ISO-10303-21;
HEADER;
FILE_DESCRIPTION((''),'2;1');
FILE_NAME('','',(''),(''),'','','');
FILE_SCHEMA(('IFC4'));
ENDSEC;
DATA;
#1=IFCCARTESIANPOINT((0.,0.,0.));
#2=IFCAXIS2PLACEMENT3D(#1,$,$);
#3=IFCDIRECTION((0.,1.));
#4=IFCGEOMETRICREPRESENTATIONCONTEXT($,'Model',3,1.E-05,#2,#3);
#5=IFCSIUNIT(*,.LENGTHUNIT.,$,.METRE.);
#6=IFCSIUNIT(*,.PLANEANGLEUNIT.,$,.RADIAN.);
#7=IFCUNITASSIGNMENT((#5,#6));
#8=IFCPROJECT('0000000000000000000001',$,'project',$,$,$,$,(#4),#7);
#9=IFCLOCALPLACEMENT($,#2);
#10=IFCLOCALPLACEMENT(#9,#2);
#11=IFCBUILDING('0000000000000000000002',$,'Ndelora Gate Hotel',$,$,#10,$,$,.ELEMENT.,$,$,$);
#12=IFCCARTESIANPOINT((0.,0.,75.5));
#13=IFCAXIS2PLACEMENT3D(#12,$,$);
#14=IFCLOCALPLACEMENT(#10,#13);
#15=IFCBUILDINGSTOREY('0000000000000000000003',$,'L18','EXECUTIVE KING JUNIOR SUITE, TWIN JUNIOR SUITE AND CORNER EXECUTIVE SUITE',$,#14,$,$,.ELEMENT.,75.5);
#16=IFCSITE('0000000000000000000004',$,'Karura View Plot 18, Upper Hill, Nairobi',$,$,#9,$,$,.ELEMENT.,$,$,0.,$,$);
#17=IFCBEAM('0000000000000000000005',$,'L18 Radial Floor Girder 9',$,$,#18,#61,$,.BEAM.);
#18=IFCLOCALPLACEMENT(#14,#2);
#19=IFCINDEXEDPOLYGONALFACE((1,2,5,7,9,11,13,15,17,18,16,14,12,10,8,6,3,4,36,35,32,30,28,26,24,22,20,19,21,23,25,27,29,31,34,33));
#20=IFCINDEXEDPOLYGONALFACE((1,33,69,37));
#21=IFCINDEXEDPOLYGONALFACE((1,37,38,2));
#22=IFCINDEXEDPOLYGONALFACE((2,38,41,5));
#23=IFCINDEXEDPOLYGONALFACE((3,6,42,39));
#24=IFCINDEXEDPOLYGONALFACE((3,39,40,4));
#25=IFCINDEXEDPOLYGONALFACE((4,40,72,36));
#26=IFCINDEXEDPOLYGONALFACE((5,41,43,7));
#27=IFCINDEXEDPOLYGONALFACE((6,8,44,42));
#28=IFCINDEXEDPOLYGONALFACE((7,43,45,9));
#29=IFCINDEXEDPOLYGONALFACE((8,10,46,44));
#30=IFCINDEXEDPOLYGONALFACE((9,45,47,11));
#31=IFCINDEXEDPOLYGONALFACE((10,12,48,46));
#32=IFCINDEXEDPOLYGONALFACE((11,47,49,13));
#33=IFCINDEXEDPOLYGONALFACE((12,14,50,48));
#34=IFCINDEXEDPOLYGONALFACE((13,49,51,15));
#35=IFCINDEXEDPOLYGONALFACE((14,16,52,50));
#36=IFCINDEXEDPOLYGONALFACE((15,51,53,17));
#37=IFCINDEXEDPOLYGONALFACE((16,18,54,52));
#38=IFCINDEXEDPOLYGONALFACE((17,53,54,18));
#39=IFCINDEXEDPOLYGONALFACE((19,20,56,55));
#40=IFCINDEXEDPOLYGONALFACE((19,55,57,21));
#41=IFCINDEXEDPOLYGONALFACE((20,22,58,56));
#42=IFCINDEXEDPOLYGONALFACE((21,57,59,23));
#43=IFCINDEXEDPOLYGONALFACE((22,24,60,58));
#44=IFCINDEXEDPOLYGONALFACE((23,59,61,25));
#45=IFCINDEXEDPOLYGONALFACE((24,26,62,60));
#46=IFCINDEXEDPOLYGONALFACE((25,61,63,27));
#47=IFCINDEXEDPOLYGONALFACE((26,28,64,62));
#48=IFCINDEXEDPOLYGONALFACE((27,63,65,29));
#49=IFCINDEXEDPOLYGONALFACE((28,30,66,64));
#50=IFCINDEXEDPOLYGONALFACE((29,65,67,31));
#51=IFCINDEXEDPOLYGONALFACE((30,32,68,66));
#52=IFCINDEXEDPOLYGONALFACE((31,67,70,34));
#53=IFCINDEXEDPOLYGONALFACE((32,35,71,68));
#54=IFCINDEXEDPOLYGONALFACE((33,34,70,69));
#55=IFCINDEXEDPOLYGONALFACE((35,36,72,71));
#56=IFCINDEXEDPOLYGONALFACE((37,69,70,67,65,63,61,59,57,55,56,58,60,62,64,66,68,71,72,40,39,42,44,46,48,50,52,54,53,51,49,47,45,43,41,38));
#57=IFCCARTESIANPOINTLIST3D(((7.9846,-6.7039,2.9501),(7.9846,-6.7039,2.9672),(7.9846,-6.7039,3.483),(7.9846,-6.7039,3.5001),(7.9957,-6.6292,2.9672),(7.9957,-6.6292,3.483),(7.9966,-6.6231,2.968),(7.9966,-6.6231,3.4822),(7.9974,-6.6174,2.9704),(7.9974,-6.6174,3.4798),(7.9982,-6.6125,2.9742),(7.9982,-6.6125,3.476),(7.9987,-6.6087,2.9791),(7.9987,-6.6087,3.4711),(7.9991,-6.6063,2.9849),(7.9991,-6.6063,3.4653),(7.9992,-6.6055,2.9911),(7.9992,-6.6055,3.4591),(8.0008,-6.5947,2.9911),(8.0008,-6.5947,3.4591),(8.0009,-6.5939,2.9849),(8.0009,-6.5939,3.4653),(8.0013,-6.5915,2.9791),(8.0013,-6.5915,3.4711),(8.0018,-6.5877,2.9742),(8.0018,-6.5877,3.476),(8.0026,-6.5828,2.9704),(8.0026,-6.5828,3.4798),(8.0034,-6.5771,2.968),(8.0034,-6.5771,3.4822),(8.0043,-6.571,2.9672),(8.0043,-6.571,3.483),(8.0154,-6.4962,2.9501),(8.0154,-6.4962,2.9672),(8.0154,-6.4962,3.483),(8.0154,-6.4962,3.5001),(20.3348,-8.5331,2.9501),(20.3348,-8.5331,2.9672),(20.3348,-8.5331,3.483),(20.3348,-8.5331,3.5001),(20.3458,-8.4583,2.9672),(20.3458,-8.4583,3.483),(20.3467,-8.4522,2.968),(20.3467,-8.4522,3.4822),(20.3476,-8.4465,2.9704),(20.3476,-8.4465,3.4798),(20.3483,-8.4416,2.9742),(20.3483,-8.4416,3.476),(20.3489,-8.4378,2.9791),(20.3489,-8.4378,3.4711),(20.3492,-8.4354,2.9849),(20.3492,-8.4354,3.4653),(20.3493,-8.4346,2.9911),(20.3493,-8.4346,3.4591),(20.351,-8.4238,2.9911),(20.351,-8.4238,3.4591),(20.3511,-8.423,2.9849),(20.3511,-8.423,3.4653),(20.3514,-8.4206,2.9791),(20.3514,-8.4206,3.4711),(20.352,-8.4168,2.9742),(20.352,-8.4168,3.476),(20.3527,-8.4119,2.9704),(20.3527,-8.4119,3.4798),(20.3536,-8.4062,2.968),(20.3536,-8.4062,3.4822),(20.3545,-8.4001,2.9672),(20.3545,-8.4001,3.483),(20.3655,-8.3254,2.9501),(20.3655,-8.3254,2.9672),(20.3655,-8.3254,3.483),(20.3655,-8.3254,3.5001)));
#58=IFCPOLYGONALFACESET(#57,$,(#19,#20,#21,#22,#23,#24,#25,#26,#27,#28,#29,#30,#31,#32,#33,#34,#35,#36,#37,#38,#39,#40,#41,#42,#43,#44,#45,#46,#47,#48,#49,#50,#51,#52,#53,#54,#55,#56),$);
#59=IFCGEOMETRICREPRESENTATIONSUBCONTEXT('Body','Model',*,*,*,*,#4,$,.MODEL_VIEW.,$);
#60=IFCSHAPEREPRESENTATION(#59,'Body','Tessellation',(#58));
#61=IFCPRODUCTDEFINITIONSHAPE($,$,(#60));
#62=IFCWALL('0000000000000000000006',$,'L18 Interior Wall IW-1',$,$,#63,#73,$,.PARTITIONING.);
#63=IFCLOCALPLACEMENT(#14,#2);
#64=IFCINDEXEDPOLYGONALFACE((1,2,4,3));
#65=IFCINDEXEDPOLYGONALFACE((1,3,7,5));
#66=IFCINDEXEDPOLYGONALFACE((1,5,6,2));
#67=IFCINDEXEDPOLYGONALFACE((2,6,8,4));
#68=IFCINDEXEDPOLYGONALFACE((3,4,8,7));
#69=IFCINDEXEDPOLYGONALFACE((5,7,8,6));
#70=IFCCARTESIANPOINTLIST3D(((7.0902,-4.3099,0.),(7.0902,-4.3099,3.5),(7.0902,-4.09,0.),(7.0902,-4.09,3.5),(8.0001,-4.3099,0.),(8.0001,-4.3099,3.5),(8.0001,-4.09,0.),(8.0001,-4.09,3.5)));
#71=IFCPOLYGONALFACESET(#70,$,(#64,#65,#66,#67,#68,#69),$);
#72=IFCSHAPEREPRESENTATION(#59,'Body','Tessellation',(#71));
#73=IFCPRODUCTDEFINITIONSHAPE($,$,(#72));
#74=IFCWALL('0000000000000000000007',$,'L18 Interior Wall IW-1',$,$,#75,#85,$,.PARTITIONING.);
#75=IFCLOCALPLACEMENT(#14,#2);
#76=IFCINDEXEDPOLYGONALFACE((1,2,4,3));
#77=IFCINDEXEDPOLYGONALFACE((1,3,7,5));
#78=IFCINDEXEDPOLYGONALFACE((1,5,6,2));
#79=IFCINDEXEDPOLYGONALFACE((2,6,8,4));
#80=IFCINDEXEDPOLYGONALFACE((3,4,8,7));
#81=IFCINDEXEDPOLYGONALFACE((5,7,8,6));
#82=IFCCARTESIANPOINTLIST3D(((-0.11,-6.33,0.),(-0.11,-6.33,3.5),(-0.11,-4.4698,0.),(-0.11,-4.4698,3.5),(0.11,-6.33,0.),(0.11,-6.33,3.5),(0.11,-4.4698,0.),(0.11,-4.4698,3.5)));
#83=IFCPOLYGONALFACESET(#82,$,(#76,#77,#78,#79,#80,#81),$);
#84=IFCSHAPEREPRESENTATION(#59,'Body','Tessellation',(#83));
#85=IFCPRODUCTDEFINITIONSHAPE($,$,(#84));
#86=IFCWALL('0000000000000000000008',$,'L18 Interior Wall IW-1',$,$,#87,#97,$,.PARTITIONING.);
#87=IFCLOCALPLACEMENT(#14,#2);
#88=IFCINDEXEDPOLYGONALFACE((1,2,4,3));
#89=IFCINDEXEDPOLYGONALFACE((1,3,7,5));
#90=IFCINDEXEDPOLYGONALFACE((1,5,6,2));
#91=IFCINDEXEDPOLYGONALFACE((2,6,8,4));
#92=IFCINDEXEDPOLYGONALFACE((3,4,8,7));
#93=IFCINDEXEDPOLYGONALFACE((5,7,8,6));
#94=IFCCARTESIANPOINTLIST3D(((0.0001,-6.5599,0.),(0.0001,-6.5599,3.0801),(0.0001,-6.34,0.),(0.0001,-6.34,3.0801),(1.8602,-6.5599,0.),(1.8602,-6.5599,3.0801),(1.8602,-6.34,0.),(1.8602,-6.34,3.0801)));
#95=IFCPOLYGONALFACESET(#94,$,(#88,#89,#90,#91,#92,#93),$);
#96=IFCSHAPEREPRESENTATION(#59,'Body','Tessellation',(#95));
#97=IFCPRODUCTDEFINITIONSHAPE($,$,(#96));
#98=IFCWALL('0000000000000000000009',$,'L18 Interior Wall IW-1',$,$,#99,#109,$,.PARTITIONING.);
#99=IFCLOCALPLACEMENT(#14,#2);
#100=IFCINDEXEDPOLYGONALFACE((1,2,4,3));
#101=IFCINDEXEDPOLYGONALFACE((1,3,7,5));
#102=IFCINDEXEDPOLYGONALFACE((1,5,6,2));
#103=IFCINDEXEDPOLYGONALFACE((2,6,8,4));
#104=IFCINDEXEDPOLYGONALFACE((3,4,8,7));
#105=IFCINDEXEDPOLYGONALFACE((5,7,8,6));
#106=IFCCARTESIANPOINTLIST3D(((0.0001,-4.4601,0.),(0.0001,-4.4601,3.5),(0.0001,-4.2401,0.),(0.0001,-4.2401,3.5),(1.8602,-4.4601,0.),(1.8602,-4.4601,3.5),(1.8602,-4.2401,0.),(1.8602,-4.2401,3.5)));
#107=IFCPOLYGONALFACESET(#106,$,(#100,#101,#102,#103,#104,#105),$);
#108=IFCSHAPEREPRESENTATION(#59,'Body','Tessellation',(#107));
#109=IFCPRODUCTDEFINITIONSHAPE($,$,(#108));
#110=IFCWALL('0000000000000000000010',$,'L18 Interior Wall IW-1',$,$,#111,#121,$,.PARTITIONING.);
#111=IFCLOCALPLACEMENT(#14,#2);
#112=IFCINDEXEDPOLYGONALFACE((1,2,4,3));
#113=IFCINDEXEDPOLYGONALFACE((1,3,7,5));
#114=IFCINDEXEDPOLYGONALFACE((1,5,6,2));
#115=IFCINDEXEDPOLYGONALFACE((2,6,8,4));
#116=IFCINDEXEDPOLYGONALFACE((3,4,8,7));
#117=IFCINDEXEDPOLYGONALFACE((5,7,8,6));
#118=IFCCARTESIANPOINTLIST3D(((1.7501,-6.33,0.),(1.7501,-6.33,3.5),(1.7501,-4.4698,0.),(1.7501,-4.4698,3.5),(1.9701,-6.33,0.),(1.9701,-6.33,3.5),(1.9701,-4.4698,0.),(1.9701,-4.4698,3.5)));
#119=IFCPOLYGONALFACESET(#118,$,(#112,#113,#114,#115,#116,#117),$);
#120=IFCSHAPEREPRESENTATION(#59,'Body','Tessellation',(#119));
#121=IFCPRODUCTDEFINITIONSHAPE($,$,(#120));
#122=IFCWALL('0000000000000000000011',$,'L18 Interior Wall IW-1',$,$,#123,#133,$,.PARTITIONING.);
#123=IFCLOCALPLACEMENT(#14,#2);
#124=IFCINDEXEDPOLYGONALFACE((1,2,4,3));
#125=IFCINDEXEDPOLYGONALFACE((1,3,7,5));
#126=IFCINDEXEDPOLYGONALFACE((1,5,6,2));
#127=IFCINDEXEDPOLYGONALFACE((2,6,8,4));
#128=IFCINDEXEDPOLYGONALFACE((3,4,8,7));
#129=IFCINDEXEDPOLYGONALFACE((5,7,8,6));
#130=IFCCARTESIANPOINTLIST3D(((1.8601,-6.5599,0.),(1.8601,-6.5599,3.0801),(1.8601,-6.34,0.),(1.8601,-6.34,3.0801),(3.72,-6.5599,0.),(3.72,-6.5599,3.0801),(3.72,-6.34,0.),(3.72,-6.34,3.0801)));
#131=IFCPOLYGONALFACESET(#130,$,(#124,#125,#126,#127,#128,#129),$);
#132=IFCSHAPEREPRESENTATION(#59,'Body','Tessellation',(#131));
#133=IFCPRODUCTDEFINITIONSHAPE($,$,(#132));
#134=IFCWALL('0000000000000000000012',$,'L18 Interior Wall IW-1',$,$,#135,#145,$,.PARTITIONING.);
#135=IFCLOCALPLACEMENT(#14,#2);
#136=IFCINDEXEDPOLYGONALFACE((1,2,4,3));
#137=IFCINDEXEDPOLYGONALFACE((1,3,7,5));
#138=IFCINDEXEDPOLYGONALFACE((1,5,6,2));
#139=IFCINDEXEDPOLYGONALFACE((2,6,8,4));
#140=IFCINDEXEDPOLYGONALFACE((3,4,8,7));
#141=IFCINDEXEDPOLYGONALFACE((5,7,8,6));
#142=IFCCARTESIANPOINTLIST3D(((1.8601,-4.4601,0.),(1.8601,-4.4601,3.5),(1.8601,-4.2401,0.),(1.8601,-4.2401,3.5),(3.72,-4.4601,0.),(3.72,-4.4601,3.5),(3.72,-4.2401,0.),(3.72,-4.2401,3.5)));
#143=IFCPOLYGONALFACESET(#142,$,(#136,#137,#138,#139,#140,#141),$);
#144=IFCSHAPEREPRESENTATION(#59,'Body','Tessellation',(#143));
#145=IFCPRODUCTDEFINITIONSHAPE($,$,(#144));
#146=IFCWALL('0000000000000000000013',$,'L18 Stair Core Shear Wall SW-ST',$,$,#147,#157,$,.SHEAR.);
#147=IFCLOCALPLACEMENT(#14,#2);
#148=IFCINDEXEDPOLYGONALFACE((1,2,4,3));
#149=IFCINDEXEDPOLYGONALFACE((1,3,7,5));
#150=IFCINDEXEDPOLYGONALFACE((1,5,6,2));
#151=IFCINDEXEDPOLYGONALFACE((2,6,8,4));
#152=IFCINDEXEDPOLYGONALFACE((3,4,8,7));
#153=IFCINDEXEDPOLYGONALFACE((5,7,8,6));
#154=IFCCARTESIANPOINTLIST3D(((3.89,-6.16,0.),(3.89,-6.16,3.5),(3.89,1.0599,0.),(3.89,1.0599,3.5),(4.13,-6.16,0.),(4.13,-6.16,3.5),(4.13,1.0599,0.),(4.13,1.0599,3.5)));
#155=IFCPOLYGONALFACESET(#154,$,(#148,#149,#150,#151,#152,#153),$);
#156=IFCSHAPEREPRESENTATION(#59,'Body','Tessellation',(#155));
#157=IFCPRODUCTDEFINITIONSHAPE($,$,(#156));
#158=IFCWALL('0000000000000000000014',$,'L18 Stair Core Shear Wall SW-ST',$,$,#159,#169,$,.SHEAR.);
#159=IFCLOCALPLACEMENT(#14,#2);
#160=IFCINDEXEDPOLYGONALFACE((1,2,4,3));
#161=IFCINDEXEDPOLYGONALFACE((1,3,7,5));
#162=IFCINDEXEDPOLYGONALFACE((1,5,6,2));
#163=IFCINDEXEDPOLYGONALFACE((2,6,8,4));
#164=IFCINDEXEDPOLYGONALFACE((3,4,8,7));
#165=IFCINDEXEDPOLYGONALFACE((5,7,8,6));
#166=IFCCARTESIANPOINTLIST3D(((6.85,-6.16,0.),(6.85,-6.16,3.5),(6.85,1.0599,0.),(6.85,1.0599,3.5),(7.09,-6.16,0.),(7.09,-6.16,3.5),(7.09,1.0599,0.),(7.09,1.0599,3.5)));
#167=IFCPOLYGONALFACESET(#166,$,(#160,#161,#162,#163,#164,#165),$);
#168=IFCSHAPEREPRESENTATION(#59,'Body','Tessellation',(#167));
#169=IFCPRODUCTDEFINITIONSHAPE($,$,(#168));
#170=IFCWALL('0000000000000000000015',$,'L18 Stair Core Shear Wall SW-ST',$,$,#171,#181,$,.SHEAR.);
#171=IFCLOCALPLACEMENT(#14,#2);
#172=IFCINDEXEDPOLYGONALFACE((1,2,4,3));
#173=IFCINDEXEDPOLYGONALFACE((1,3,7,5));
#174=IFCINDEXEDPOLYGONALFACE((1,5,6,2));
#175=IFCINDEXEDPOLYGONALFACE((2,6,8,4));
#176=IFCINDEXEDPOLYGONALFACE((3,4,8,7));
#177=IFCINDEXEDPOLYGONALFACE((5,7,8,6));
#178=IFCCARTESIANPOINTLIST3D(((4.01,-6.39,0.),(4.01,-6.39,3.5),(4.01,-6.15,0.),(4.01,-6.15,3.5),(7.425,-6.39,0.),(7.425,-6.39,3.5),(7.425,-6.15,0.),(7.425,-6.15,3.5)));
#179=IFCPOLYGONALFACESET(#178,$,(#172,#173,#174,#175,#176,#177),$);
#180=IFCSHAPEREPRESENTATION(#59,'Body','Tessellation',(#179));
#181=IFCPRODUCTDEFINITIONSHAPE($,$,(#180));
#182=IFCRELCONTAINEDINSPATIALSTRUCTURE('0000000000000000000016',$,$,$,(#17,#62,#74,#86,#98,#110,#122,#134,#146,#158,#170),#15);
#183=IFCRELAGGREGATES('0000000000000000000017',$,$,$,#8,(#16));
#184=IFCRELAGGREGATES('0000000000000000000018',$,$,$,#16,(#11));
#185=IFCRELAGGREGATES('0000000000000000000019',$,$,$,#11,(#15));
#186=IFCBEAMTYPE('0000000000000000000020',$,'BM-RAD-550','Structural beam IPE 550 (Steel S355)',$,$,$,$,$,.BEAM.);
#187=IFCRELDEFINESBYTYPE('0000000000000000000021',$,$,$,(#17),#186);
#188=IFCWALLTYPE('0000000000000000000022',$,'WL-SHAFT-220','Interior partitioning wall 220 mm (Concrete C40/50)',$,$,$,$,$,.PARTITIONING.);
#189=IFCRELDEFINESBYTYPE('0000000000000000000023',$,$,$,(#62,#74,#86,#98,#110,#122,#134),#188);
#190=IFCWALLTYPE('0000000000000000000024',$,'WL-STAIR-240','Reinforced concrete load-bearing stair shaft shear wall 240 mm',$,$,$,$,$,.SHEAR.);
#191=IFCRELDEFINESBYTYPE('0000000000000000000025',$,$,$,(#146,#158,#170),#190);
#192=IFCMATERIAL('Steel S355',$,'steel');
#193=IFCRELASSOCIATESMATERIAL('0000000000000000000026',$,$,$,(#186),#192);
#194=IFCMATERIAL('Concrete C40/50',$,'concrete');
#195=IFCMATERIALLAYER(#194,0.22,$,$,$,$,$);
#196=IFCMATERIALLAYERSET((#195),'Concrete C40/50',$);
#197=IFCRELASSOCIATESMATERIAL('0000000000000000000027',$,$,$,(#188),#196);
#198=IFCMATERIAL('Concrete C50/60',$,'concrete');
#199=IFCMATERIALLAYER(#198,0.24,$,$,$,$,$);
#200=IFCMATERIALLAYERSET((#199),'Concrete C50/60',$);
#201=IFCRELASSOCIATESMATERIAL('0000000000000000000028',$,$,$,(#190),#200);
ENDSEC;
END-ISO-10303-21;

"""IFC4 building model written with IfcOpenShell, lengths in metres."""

from ifc_helpers import new_model, si_unit, direction, frame, frame_2d, origin, origin_2d, place, context, subcontext, project, spatial, rectangle, i_section, extrude, material, layer, layer_set, material_profile, profile_set, type_object, element, save


model = new_model("IFC4")

# Units and contexts
model_context = context("Model", 3, precision=1e-05, world=origin(), true_north=direction((0.0, 1.0)))
body_context = subcontext(model_context, "Body", "Model", "MODEL_VIEW")
ifc_project = project(units=[si_unit("LENGTHUNIT", "METRE"), si_unit("PLANEANGLEUNIT", "RADIAN")], contexts=[model_context])

# Site, building, storey
site_placement = place(None, origin())
site = spatial("IfcSite", under=ifc_project, at=site_placement, Name="Karura View Plot 18, Upper Hill, Nairobi", CompositionType="ELEMENT", RefElevation=0.0)
building_placement = place(site_placement, origin())
building = spatial("IfcBuilding", under=site, at=building_placement, Name="Ndelora Gate Hotel", CompositionType="ELEMENT")
storey_placement = place(building_placement, frame((0.0, 0.0, 75.5)))
storey = spatial("IfcBuildingStorey", under=building, at=storey_placement, Name="L18", Description="EXECUTIVE KING JUNIOR SUITE, TWIN JUNIOR SUITE AND CORNER EXECUTIVE SUITE", CompositionType="ELEMENT", Elevation=75.5)

# Beam
ifc_material_1 = material(Name="Steel S355", Category="steel")
ifc_material_profile_1 = material_profile(ifc_material_1, i_section(OverallWidth=0.21, OverallDepth=0.55, WebThickness=0.011, FlangeThickness=0.0171, FilletRadius=0.0239, at=origin_2d()), Name="IPE 550")
ifc_profile_set_1 = profile_set([ifc_material_profile_1], Name="Steel S355")
beam_type_1 = type_object("IfcBeamType", Name="BM-RAD-550", Description="Structural beam IPE 550 (Steel S355)", PredefinedType="BEAM", material=ifc_profile_set_1)
beam_1_placement = place(storey_placement, frame((8.0, -6.6001, 3.2251), z_axis=(0.98921, -0.146506, 0.0), x_axis=(0.146506, 0.98921, 0.0)))
element("IfcBeam", 1, at=beam_1_placement, inside=storey, type_object=beam_type_1, Name="L18 Radial Floor Girder 9", PredefinedType="BEAM", context=body_context, shape_type="SweptSolid", body=[
    extrude(i_section(OverallWidth=0.21, OverallDepth=0.55, WebThickness=0.011, FlangeThickness=0.0171, FilletRadius=0.0239, at=origin_2d()), origin(), (0.0, 0.0, 1.0), 12.4849),
])

# Walls
ifc_material_2 = material(Name="Concrete C40/50", Category="concrete")
ifc_layer_1 = layer(ifc_material_2, 0.22)
ifc_layer_set_1 = layer_set([ifc_layer_1], Name="Concrete C40/50")
wall_type_1 = type_object("IfcWallType", Name="WL-SHAFT-220", Description="Interior partitioning wall 220 mm (Concrete C40/50)", PredefinedType="PARTITIONING", material=ifc_layer_set_1)
wall_1_placement = place(storey_placement, frame((7.0901, -4.2, 0.0), z_axis=(0.0, 0.0, 1.0), x_axis=(1.0, 0.0, 0.0)))
element("IfcWall", 2, at=wall_1_placement, inside=storey, type_object=wall_type_1, Name="L18 Interior Wall IW-1", PredefinedType="PARTITIONING", context=body_context, shape_type="SweptSolid", body=[
    extrude(rectangle(XDim=0.9099, YDim=0.22, at=frame_2d((0.4551, 0.0))), origin(), (0.0, 0.0, 1.0), 3.5),
])
wall_2_placement = place(storey_placement, frame((0.0, -6.3301, 0.0), z_axis=(0.0, 0.0, 1.0), x_axis=(0.0, 1.0, 0.0)))
element("IfcWall", 3, at=wall_2_placement, inside=storey, type_object=wall_type_1, Name="L18 Interior Wall IW-1", PredefinedType="PARTITIONING", context=body_context, shape_type="SweptSolid", body=[
    extrude(rectangle(XDim=1.8601, YDim=0.22, at=frame_2d((0.9302, 0.0))), origin(), (0.0, 0.0, 1.0), 3.5),
])
wall_3_placement = place(storey_placement, frame((0.0, -6.45, 0.0), z_axis=(0.0, 0.0, 1.0), x_axis=(1.0, 0.0, 0.0)))
element("IfcWall", 4, at=wall_3_placement, inside=storey, type_object=wall_type_1, Name="L18 Interior Wall IW-1", PredefinedType="PARTITIONING", context=body_context, shape_type="SweptSolid", body=[
    extrude(rectangle(XDim=1.8601, YDim=0.22, at=frame_2d((0.9302, 0.0))), origin(), (0.0, 0.0, 1.0), 3.0801),
])
for number, where, z_axis, x_axis, name in (
    (5, (0.0, -4.3501, 0.0), (0.0, 0.0, 1.0), (1.0, 0.0, 0.0), "L18 Interior Wall IW-1"),
    (6, (1.8601, -6.3301, 0.0), (0.0, 0.0, 1.0), (0.0, 1.0, 0.0), "L18 Interior Wall IW-1"),
):
    element("IfcWall", number, at=place(storey_placement, frame(where, z_axis=z_axis, x_axis=x_axis)), inside=storey, type_object=wall_type_1, Name=name, PredefinedType="PARTITIONING", context=body_context, shape_type="SweptSolid", body=[
        extrude(rectangle(XDim=1.8601, YDim=0.22, at=frame_2d((0.9302, 0.0))), origin(), (0.0, 0.0, 1.0), 3.5),
    ])
wall_4_placement = place(storey_placement, frame((1.8601, -6.45, 0.0), z_axis=(0.0, 0.0, 1.0), x_axis=(1.0, 0.0, 0.0)))
element("IfcWall", 7, at=wall_4_placement, inside=storey, type_object=wall_type_1, Name="L18 Interior Wall IW-1", PredefinedType="PARTITIONING", context=body_context, shape_type="SweptSolid", body=[
    extrude(rectangle(XDim=1.8599, YDim=0.22, at=frame_2d((0.9299, 0.0))), origin(), (0.0, 0.0, 1.0), 3.0801),
])
wall_5_placement = place(storey_placement, frame((1.8601, -4.3501, 0.0), z_axis=(0.0, 0.0, 1.0), x_axis=(1.0, 0.0, 0.0)))
element("IfcWall", 8, at=wall_5_placement, inside=storey, type_object=wall_type_1, Name="L18 Interior Wall IW-1", PredefinedType="PARTITIONING", context=body_context, shape_type="SweptSolid", body=[
    extrude(rectangle(XDim=1.8599, YDim=0.22, at=frame_2d((0.9299, 0.0))), origin(), (0.0, 0.0, 1.0), 3.5),
])
ifc_material_3 = material(Name="Concrete C50/60", Category="concrete")
ifc_layer_2 = layer(ifc_material_3, 0.24)
ifc_layer_set_2 = layer_set([ifc_layer_2], Name="Concrete C50/60")
wall_type_2 = type_object("IfcWallType", Name="WL-STAIR-240", Description="Reinforced concrete load-bearing stair shaft shear wall 240 mm", PredefinedType="SHEAR", material=ifc_layer_set_2)
for number, where, z_axis, x_axis, name in (
    (9, (4.01, -6.1599, 0.0), (0.0, 0.0, 1.0), (0.0, 1.0, 0.0), "L18 Stair Core Shear Wall SW-ST"),
    (10, (6.97, -6.1599, 0.0), (0.0, 0.0, 1.0), (0.0, 1.0, 0.0), "L18 Stair Core Shear Wall SW-ST"),
):
    element("IfcWall", number, at=place(storey_placement, frame(where, z_axis=z_axis, x_axis=x_axis)), inside=storey, type_object=wall_type_2, Name=name, PredefinedType="SHEAR", context=body_context, shape_type="SweptSolid", body=[
        extrude(rectangle(XDim=7.22, YDim=0.24, at=frame_2d((3.6099, 0.0))), origin(), (0.0, 0.0, 1.0), 3.5),
    ])
wall_6_placement = place(storey_placement, frame((4.01, -6.27, 0.0), z_axis=(0.0, 0.0, 1.0), x_axis=(1.0, 0.0, 0.0)))
element("IfcWall", 11, at=wall_6_placement, inside=storey, type_object=wall_type_2, Name="L18 Stair Core Shear Wall SW-ST", PredefinedType="SHEAR", context=body_context, shape_type="SweptSolid", body=[
    extrude(rectangle(XDim=3.415, YDim=0.24, at=frame_2d((1.7075, 0.0))), origin(), (0.0, 0.0, 1.0), 3.5),
])

save(model, "model.ifc")
